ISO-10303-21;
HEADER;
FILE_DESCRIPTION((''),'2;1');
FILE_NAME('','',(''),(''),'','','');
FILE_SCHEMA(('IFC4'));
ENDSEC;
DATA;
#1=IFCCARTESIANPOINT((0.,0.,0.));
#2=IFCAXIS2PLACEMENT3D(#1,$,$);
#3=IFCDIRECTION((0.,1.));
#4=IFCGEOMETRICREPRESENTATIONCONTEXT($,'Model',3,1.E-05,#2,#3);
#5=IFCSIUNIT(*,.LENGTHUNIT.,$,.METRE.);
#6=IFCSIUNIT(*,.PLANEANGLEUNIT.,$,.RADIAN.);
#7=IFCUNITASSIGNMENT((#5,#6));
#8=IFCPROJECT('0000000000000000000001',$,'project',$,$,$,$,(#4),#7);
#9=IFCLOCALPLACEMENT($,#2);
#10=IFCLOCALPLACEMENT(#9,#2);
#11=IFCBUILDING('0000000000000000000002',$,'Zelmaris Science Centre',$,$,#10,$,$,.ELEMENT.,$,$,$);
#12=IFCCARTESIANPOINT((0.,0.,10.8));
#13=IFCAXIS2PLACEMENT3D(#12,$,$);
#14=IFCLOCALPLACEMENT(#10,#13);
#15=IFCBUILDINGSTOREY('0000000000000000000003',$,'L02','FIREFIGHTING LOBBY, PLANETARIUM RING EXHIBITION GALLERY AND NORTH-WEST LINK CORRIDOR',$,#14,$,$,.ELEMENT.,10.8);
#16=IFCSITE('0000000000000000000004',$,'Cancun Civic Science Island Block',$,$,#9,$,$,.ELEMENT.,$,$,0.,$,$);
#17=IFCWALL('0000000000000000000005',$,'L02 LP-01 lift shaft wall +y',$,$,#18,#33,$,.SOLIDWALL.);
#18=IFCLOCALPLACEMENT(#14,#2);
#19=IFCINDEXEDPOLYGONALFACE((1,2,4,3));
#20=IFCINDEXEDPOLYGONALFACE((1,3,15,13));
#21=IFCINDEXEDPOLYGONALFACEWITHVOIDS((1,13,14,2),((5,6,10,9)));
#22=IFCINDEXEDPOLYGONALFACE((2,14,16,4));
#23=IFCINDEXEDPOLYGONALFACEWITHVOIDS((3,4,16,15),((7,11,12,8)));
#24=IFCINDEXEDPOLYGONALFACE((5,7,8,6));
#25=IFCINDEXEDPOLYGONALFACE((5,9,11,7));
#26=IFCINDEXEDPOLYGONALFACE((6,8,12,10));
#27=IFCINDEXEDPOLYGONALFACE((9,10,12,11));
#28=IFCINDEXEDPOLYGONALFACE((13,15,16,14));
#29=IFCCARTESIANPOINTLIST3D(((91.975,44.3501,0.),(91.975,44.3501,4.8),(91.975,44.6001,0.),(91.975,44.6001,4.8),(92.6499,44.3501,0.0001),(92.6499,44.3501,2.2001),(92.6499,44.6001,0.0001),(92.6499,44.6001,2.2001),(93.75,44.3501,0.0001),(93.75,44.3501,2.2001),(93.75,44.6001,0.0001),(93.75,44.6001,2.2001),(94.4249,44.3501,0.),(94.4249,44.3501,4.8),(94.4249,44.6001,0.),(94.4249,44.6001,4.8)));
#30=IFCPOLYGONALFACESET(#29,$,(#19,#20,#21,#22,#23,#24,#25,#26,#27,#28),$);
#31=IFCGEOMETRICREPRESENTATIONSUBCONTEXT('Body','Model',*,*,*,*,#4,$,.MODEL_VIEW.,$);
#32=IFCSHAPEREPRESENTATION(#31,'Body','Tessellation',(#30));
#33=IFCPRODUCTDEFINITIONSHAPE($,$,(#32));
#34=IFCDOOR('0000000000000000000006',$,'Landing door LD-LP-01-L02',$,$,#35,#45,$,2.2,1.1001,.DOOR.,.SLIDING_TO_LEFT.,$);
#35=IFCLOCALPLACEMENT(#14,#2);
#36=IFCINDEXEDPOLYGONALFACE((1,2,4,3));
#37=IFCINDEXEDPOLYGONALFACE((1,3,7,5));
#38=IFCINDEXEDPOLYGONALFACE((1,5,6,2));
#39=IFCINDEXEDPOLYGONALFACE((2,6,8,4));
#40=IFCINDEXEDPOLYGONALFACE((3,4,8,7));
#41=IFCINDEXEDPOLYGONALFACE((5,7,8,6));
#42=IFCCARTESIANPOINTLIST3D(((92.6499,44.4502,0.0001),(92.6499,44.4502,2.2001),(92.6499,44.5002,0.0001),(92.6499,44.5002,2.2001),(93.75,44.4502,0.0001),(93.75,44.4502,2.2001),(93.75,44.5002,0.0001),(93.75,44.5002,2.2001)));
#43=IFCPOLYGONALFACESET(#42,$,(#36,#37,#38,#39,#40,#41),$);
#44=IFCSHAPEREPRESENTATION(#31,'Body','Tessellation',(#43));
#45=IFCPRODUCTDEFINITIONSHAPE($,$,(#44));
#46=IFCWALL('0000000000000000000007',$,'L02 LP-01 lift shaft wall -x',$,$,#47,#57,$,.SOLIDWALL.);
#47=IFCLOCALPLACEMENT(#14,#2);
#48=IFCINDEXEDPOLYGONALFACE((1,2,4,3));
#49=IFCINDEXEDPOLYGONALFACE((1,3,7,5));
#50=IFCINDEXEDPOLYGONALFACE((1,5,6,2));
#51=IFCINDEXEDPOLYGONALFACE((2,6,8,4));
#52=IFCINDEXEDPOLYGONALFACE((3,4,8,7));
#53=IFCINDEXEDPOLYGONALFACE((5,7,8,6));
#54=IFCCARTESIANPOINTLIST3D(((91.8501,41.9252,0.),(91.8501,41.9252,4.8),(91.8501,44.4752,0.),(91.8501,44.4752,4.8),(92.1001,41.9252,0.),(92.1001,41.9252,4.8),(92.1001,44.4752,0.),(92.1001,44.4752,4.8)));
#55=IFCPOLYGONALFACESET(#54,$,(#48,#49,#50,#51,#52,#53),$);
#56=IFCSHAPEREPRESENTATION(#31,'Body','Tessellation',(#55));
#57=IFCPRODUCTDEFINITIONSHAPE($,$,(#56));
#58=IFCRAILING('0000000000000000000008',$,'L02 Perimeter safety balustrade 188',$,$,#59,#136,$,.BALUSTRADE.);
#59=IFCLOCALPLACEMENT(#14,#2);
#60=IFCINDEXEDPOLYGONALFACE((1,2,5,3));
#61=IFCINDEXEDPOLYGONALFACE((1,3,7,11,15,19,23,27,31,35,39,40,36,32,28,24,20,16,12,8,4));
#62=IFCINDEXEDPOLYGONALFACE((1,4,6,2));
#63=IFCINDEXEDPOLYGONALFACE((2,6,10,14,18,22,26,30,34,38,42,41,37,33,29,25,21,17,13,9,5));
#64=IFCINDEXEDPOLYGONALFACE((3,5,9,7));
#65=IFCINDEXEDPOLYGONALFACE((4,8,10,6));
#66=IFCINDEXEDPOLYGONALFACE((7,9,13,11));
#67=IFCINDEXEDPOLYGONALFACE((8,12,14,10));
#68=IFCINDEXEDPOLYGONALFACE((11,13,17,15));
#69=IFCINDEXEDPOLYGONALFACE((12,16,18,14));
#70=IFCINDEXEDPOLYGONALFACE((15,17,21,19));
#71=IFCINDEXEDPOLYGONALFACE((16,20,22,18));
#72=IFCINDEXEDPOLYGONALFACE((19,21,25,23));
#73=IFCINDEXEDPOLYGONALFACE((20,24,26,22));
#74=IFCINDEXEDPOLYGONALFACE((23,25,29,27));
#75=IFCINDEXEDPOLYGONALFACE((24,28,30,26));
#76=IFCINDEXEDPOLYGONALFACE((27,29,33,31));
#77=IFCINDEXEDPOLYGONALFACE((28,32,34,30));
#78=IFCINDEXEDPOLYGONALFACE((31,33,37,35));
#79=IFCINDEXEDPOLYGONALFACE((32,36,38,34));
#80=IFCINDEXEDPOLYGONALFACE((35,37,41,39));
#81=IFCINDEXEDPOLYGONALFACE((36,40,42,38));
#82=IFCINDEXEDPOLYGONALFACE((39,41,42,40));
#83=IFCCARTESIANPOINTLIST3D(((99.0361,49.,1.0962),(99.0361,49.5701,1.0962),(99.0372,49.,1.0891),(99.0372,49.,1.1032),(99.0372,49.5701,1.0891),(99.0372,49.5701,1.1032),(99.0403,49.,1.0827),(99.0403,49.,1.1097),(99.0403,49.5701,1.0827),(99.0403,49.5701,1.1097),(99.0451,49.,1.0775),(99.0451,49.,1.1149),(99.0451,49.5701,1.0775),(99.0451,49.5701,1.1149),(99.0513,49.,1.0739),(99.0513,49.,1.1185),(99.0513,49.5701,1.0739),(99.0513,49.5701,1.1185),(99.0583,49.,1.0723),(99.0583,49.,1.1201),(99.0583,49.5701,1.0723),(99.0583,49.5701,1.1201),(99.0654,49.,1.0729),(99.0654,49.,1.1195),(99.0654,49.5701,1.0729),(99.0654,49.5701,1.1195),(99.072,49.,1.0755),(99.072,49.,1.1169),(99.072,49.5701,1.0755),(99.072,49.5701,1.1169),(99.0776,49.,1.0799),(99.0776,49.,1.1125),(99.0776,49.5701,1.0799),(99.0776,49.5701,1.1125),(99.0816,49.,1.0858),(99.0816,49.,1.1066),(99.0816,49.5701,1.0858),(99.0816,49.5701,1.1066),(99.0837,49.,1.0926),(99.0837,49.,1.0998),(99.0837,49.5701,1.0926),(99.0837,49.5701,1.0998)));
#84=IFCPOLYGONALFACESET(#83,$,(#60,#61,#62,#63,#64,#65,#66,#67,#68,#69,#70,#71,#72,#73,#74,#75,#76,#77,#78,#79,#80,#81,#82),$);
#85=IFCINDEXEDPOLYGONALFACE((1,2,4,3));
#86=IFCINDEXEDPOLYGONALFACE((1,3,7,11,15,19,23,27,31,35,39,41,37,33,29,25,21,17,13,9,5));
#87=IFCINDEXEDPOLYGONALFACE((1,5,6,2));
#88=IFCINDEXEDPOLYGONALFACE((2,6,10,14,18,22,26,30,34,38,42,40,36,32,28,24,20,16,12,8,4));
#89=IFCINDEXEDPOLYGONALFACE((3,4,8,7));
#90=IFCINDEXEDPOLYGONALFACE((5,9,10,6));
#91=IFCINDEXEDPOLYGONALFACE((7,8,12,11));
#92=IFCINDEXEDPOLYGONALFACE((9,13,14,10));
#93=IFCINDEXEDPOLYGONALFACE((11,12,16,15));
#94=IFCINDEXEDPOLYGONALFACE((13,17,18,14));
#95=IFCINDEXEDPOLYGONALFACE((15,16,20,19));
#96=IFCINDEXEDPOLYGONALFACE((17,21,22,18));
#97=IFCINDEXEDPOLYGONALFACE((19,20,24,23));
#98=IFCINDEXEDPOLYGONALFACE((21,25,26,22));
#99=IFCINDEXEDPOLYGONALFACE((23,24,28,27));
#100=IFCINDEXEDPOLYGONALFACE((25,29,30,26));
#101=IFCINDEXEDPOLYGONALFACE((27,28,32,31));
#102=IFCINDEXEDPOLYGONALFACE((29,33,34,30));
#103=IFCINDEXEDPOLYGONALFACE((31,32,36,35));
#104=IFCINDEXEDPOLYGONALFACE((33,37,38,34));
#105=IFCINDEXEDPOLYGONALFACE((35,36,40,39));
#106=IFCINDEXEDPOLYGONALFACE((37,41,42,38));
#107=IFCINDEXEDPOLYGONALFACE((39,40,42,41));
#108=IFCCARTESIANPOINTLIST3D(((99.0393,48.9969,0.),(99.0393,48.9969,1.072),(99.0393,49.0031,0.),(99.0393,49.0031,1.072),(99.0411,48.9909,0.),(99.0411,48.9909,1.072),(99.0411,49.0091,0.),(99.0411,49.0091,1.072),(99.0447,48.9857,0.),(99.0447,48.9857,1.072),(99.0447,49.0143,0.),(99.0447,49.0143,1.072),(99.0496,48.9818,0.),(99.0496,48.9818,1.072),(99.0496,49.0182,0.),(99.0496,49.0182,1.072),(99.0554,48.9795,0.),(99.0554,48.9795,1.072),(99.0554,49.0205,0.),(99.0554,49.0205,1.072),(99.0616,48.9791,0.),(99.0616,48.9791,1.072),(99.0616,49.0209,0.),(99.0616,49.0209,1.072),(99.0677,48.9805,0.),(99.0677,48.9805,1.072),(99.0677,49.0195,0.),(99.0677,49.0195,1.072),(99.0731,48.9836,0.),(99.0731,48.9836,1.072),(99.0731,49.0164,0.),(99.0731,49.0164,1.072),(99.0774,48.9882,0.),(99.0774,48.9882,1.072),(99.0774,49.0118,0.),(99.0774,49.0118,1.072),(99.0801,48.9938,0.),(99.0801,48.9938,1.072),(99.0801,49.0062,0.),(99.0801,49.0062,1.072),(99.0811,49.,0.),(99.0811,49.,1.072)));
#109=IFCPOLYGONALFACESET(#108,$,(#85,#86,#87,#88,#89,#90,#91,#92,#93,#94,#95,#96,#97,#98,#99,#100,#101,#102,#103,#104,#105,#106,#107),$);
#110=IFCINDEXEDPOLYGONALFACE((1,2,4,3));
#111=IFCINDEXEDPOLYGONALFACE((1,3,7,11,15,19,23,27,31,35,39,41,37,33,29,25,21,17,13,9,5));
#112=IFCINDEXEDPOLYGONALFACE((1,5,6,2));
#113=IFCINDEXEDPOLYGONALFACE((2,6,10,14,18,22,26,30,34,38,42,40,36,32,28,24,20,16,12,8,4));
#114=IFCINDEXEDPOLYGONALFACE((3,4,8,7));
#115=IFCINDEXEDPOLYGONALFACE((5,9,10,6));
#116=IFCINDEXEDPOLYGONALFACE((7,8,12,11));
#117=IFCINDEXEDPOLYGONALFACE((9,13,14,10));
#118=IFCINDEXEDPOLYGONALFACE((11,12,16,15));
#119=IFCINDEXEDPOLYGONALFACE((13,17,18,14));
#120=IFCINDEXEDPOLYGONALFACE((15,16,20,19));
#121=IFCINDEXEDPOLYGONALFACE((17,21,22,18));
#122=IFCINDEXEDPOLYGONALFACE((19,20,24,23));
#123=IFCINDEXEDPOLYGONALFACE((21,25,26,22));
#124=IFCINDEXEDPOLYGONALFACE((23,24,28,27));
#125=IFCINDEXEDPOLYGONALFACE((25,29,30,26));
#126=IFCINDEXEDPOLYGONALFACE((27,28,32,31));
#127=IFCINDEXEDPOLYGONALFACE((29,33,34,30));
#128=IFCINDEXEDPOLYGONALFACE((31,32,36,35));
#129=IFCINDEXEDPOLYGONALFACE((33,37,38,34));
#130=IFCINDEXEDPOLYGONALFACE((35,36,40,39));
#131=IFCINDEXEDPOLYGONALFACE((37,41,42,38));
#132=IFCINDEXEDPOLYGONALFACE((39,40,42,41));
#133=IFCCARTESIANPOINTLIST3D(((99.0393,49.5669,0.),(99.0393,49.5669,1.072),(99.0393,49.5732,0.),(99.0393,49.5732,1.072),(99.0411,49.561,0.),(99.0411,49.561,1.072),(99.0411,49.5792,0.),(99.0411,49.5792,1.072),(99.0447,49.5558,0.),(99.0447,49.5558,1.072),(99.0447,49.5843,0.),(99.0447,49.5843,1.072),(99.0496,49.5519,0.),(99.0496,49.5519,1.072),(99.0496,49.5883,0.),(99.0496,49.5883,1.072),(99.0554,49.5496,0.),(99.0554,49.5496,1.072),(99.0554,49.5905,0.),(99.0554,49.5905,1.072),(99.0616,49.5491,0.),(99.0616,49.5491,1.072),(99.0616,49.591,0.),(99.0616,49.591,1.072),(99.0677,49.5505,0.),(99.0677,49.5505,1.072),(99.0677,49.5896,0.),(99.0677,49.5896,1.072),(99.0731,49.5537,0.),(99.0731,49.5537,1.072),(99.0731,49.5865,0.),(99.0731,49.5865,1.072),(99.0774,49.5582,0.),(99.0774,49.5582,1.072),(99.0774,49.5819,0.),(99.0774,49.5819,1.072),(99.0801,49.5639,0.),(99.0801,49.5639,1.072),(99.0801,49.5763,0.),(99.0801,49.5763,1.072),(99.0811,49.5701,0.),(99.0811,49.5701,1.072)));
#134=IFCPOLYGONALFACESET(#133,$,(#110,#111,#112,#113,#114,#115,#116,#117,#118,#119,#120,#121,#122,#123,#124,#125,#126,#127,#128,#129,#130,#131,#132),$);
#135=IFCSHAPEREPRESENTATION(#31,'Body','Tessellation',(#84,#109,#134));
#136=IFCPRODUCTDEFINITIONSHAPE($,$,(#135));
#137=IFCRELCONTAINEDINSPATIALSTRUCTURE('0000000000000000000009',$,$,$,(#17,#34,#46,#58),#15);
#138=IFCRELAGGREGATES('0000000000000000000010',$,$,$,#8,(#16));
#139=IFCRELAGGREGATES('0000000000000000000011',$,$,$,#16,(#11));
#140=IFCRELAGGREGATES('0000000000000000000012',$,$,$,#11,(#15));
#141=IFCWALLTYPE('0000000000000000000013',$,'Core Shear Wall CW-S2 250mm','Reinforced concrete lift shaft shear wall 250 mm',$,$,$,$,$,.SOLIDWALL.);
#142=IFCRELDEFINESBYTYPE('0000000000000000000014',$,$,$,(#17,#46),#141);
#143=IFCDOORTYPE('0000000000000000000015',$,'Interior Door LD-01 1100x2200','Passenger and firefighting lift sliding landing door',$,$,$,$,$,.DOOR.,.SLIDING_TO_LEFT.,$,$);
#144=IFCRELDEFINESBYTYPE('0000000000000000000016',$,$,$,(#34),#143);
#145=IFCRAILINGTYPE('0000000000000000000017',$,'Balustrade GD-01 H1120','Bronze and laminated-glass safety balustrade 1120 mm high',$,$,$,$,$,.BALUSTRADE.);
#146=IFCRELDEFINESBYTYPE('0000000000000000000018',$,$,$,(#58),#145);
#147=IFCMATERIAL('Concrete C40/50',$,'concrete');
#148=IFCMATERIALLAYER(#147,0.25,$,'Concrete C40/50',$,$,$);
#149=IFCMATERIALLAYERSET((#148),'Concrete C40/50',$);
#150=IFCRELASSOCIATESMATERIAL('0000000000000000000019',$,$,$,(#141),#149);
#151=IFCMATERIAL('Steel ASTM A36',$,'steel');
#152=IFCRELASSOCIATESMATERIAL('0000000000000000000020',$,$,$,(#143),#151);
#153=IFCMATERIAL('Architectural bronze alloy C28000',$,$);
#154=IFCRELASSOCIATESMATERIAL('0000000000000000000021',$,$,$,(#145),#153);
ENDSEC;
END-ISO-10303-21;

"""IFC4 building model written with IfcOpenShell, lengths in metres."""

from ifc_helpers import new_model, si_unit, direction, frame, frame_2d, origin, origin_2d, place, context, subcontext, project, spatial, rectangle, circle, extrude, material, layer, layer_set, type_object, element, fill, save


model = new_model("IFC4")

# Units and contexts
model_context = context("Model", 3, precision=1e-05, world=origin(), true_north=direction((0.0, 1.0)))
body_context = subcontext(model_context, "Body", "Model", "MODEL_VIEW")
ifc_project = project(units=[si_unit("LENGTHUNIT", "METRE"), si_unit("PLANEANGLEUNIT", "RADIAN")], contexts=[model_context])

# Site, building, storey
site_placement = place(None, origin())
site = spatial("IfcSite", under=ifc_project, at=site_placement, Name="Cancun Civic Science Island Block", CompositionType="ELEMENT", RefElevation=0.0)
building_placement = place(site_placement, origin())
building = spatial("IfcBuilding", under=site, at=building_placement, Name="Zelmaris Science Centre", CompositionType="ELEMENT")
storey_placement = place(building_placement, frame((0.0, 0.0, 10.8)))
storey = spatial("IfcBuildingStorey", under=building, at=storey_placement, Name="L02", Description="FIREFIGHTING LOBBY, PLANETARIUM RING EXHIBITION GALLERY AND NORTH-WEST LINK CORRIDOR", CompositionType="ELEMENT", Elevation=10.8)

# Shared definitions
ifc_material_1 = material(Name="Concrete C40/50", Category="concrete")
ifc_layer_1 = layer(ifc_material_1, 0.25, Name="Concrete C40/50")
ifc_layer_set_1 = layer_set([ifc_layer_1], Name="Concrete C40/50")
wall_type = type_object("IfcWallType", Name="Core Shear Wall CW-S2 250mm", Description="Reinforced concrete lift shaft shear wall 250 mm", PredefinedType="SOLIDWALL", material=ifc_layer_set_1)

# Wall, opening, door
wall_1_placement = place(storey_placement, frame((94.425, 44.4751, 0.0), z_axis=(0.0, 0.0, 1.0), x_axis=(-1.0, 0.0, 0.0)))
wall_1 = element("IfcWall", 1, at=wall_1_placement, inside=storey, type_object=wall_type, Name="L02 LP-01 lift shaft wall +y", PredefinedType="SOLIDWALL", context=body_context, shape_type="SweptSolid", body=[
    extrude(rectangle(XDim=2.45, YDim=0.25, at=frame_2d((1.2251, 0.0))), origin(), (0.0, 0.0, 1.0), 4.8),
])
opening_placement = place(wall_1_placement, frame((0.675, 0.0, 0.0)))
opening = element("IfcOpeningElement", 2, at=opening_placement, cuts=wall_1, PredefinedType="OPENING", context=body_context, shape_type="SweptSolid", body=[
    extrude(rectangle(XDim=1.1001, YDim=2.2, at=frame_2d((0.55, 1.1001))), frame((0.0, 0.135, 0.0), z_axis=(0.0, -1.0, 0.0), x_axis=(1.0, 0.0, 0.0)), (0.0, 0.0, 1.0), 0.27),
])
ifc_material_2 = material(Name="Steel ASTM A36", Category="steel")
door_type = type_object("IfcDoorType", Name="Interior Door LD-01 1100x2200", Description="Passenger and firefighting lift sliding landing door", OperationType="SLIDING_TO_LEFT", PredefinedType="DOOR", material=ifc_material_2)
door_placement = place(opening_placement, origin())
door = element("IfcDoor", 3, at=door_placement, inside=storey, type_object=door_type, Name="Landing door LD-LP-01-L02", OperationType="SLIDING_TO_LEFT", OverallHeight=2.2, OverallWidth=1.1001, PredefinedType="DOOR", context=body_context, shape_type="SweptSolid", body=[
    extrude(rectangle(XDim=1.1001, YDim=2.2, at=frame_2d((0.55, 1.1001))), frame((0.0, 0.0249, 0.0), z_axis=(0.0, -1.0, 0.0), x_axis=(1.0, 0.0, 0.0)), (0.0, 0.0, 1.0), 0.05),
])
fill(opening, door)

# Wall
wall_2_placement = place(storey_placement, frame((91.9751, 44.4751, 0.0), z_axis=(0.0, 0.0, 1.0), x_axis=(0.0, -1.0, 0.0)))
element("IfcWall", 4, at=wall_2_placement, inside=storey, type_object=wall_type, Name="L02 LP-01 lift shaft wall -x", PredefinedType="SOLIDWALL", context=body_context, shape_type="SweptSolid", body=[
    extrude(rectangle(XDim=2.55, YDim=0.25, at=frame_2d((1.2749, 0.0))), origin(), (0.0, 0.0, 1.0), 4.8),
])

# Railing
ifc_material_3 = material(Name="Architectural bronze alloy C28000")
railing_type = type_object("IfcRailingType", Name="Balustrade GD-01 H1120", Description="Bronze and laminated-glass safety balustrade 1120 mm high", PredefinedType="BALUSTRADE", material=ifc_material_3)
railing_placement = place(storey_placement, frame((99.0601, 49.0, 0.0)))
element("IfcRailing", 5, at=railing_placement, inside=storey, type_object=railing_type, Name="L02 Perimeter safety balustrade 188", PredefinedType="BALUSTRADE", context=body_context, shape_type="SweptSolid", body=[
    extrude(circle(Radius=0.0239, at=origin_2d()), frame((0.0, 0.0, 1.0962), z_axis=(0.0, 1.0, 0.0), x_axis=(-1.0, 0.0, 0.0)), (0.0, 0.0, 1.0), 0.5701),
    extrude(circle(Radius=0.021, at=origin_2d()), origin(), (0.0, 0.0, 1.0), 1.072),
    extrude(circle(Radius=0.021, at=origin_2d()), frame((0.0, 0.5701, 0.0)), (0.0, 0.0, 1.0), 1.072),
])

save(model, "model.ifc")
